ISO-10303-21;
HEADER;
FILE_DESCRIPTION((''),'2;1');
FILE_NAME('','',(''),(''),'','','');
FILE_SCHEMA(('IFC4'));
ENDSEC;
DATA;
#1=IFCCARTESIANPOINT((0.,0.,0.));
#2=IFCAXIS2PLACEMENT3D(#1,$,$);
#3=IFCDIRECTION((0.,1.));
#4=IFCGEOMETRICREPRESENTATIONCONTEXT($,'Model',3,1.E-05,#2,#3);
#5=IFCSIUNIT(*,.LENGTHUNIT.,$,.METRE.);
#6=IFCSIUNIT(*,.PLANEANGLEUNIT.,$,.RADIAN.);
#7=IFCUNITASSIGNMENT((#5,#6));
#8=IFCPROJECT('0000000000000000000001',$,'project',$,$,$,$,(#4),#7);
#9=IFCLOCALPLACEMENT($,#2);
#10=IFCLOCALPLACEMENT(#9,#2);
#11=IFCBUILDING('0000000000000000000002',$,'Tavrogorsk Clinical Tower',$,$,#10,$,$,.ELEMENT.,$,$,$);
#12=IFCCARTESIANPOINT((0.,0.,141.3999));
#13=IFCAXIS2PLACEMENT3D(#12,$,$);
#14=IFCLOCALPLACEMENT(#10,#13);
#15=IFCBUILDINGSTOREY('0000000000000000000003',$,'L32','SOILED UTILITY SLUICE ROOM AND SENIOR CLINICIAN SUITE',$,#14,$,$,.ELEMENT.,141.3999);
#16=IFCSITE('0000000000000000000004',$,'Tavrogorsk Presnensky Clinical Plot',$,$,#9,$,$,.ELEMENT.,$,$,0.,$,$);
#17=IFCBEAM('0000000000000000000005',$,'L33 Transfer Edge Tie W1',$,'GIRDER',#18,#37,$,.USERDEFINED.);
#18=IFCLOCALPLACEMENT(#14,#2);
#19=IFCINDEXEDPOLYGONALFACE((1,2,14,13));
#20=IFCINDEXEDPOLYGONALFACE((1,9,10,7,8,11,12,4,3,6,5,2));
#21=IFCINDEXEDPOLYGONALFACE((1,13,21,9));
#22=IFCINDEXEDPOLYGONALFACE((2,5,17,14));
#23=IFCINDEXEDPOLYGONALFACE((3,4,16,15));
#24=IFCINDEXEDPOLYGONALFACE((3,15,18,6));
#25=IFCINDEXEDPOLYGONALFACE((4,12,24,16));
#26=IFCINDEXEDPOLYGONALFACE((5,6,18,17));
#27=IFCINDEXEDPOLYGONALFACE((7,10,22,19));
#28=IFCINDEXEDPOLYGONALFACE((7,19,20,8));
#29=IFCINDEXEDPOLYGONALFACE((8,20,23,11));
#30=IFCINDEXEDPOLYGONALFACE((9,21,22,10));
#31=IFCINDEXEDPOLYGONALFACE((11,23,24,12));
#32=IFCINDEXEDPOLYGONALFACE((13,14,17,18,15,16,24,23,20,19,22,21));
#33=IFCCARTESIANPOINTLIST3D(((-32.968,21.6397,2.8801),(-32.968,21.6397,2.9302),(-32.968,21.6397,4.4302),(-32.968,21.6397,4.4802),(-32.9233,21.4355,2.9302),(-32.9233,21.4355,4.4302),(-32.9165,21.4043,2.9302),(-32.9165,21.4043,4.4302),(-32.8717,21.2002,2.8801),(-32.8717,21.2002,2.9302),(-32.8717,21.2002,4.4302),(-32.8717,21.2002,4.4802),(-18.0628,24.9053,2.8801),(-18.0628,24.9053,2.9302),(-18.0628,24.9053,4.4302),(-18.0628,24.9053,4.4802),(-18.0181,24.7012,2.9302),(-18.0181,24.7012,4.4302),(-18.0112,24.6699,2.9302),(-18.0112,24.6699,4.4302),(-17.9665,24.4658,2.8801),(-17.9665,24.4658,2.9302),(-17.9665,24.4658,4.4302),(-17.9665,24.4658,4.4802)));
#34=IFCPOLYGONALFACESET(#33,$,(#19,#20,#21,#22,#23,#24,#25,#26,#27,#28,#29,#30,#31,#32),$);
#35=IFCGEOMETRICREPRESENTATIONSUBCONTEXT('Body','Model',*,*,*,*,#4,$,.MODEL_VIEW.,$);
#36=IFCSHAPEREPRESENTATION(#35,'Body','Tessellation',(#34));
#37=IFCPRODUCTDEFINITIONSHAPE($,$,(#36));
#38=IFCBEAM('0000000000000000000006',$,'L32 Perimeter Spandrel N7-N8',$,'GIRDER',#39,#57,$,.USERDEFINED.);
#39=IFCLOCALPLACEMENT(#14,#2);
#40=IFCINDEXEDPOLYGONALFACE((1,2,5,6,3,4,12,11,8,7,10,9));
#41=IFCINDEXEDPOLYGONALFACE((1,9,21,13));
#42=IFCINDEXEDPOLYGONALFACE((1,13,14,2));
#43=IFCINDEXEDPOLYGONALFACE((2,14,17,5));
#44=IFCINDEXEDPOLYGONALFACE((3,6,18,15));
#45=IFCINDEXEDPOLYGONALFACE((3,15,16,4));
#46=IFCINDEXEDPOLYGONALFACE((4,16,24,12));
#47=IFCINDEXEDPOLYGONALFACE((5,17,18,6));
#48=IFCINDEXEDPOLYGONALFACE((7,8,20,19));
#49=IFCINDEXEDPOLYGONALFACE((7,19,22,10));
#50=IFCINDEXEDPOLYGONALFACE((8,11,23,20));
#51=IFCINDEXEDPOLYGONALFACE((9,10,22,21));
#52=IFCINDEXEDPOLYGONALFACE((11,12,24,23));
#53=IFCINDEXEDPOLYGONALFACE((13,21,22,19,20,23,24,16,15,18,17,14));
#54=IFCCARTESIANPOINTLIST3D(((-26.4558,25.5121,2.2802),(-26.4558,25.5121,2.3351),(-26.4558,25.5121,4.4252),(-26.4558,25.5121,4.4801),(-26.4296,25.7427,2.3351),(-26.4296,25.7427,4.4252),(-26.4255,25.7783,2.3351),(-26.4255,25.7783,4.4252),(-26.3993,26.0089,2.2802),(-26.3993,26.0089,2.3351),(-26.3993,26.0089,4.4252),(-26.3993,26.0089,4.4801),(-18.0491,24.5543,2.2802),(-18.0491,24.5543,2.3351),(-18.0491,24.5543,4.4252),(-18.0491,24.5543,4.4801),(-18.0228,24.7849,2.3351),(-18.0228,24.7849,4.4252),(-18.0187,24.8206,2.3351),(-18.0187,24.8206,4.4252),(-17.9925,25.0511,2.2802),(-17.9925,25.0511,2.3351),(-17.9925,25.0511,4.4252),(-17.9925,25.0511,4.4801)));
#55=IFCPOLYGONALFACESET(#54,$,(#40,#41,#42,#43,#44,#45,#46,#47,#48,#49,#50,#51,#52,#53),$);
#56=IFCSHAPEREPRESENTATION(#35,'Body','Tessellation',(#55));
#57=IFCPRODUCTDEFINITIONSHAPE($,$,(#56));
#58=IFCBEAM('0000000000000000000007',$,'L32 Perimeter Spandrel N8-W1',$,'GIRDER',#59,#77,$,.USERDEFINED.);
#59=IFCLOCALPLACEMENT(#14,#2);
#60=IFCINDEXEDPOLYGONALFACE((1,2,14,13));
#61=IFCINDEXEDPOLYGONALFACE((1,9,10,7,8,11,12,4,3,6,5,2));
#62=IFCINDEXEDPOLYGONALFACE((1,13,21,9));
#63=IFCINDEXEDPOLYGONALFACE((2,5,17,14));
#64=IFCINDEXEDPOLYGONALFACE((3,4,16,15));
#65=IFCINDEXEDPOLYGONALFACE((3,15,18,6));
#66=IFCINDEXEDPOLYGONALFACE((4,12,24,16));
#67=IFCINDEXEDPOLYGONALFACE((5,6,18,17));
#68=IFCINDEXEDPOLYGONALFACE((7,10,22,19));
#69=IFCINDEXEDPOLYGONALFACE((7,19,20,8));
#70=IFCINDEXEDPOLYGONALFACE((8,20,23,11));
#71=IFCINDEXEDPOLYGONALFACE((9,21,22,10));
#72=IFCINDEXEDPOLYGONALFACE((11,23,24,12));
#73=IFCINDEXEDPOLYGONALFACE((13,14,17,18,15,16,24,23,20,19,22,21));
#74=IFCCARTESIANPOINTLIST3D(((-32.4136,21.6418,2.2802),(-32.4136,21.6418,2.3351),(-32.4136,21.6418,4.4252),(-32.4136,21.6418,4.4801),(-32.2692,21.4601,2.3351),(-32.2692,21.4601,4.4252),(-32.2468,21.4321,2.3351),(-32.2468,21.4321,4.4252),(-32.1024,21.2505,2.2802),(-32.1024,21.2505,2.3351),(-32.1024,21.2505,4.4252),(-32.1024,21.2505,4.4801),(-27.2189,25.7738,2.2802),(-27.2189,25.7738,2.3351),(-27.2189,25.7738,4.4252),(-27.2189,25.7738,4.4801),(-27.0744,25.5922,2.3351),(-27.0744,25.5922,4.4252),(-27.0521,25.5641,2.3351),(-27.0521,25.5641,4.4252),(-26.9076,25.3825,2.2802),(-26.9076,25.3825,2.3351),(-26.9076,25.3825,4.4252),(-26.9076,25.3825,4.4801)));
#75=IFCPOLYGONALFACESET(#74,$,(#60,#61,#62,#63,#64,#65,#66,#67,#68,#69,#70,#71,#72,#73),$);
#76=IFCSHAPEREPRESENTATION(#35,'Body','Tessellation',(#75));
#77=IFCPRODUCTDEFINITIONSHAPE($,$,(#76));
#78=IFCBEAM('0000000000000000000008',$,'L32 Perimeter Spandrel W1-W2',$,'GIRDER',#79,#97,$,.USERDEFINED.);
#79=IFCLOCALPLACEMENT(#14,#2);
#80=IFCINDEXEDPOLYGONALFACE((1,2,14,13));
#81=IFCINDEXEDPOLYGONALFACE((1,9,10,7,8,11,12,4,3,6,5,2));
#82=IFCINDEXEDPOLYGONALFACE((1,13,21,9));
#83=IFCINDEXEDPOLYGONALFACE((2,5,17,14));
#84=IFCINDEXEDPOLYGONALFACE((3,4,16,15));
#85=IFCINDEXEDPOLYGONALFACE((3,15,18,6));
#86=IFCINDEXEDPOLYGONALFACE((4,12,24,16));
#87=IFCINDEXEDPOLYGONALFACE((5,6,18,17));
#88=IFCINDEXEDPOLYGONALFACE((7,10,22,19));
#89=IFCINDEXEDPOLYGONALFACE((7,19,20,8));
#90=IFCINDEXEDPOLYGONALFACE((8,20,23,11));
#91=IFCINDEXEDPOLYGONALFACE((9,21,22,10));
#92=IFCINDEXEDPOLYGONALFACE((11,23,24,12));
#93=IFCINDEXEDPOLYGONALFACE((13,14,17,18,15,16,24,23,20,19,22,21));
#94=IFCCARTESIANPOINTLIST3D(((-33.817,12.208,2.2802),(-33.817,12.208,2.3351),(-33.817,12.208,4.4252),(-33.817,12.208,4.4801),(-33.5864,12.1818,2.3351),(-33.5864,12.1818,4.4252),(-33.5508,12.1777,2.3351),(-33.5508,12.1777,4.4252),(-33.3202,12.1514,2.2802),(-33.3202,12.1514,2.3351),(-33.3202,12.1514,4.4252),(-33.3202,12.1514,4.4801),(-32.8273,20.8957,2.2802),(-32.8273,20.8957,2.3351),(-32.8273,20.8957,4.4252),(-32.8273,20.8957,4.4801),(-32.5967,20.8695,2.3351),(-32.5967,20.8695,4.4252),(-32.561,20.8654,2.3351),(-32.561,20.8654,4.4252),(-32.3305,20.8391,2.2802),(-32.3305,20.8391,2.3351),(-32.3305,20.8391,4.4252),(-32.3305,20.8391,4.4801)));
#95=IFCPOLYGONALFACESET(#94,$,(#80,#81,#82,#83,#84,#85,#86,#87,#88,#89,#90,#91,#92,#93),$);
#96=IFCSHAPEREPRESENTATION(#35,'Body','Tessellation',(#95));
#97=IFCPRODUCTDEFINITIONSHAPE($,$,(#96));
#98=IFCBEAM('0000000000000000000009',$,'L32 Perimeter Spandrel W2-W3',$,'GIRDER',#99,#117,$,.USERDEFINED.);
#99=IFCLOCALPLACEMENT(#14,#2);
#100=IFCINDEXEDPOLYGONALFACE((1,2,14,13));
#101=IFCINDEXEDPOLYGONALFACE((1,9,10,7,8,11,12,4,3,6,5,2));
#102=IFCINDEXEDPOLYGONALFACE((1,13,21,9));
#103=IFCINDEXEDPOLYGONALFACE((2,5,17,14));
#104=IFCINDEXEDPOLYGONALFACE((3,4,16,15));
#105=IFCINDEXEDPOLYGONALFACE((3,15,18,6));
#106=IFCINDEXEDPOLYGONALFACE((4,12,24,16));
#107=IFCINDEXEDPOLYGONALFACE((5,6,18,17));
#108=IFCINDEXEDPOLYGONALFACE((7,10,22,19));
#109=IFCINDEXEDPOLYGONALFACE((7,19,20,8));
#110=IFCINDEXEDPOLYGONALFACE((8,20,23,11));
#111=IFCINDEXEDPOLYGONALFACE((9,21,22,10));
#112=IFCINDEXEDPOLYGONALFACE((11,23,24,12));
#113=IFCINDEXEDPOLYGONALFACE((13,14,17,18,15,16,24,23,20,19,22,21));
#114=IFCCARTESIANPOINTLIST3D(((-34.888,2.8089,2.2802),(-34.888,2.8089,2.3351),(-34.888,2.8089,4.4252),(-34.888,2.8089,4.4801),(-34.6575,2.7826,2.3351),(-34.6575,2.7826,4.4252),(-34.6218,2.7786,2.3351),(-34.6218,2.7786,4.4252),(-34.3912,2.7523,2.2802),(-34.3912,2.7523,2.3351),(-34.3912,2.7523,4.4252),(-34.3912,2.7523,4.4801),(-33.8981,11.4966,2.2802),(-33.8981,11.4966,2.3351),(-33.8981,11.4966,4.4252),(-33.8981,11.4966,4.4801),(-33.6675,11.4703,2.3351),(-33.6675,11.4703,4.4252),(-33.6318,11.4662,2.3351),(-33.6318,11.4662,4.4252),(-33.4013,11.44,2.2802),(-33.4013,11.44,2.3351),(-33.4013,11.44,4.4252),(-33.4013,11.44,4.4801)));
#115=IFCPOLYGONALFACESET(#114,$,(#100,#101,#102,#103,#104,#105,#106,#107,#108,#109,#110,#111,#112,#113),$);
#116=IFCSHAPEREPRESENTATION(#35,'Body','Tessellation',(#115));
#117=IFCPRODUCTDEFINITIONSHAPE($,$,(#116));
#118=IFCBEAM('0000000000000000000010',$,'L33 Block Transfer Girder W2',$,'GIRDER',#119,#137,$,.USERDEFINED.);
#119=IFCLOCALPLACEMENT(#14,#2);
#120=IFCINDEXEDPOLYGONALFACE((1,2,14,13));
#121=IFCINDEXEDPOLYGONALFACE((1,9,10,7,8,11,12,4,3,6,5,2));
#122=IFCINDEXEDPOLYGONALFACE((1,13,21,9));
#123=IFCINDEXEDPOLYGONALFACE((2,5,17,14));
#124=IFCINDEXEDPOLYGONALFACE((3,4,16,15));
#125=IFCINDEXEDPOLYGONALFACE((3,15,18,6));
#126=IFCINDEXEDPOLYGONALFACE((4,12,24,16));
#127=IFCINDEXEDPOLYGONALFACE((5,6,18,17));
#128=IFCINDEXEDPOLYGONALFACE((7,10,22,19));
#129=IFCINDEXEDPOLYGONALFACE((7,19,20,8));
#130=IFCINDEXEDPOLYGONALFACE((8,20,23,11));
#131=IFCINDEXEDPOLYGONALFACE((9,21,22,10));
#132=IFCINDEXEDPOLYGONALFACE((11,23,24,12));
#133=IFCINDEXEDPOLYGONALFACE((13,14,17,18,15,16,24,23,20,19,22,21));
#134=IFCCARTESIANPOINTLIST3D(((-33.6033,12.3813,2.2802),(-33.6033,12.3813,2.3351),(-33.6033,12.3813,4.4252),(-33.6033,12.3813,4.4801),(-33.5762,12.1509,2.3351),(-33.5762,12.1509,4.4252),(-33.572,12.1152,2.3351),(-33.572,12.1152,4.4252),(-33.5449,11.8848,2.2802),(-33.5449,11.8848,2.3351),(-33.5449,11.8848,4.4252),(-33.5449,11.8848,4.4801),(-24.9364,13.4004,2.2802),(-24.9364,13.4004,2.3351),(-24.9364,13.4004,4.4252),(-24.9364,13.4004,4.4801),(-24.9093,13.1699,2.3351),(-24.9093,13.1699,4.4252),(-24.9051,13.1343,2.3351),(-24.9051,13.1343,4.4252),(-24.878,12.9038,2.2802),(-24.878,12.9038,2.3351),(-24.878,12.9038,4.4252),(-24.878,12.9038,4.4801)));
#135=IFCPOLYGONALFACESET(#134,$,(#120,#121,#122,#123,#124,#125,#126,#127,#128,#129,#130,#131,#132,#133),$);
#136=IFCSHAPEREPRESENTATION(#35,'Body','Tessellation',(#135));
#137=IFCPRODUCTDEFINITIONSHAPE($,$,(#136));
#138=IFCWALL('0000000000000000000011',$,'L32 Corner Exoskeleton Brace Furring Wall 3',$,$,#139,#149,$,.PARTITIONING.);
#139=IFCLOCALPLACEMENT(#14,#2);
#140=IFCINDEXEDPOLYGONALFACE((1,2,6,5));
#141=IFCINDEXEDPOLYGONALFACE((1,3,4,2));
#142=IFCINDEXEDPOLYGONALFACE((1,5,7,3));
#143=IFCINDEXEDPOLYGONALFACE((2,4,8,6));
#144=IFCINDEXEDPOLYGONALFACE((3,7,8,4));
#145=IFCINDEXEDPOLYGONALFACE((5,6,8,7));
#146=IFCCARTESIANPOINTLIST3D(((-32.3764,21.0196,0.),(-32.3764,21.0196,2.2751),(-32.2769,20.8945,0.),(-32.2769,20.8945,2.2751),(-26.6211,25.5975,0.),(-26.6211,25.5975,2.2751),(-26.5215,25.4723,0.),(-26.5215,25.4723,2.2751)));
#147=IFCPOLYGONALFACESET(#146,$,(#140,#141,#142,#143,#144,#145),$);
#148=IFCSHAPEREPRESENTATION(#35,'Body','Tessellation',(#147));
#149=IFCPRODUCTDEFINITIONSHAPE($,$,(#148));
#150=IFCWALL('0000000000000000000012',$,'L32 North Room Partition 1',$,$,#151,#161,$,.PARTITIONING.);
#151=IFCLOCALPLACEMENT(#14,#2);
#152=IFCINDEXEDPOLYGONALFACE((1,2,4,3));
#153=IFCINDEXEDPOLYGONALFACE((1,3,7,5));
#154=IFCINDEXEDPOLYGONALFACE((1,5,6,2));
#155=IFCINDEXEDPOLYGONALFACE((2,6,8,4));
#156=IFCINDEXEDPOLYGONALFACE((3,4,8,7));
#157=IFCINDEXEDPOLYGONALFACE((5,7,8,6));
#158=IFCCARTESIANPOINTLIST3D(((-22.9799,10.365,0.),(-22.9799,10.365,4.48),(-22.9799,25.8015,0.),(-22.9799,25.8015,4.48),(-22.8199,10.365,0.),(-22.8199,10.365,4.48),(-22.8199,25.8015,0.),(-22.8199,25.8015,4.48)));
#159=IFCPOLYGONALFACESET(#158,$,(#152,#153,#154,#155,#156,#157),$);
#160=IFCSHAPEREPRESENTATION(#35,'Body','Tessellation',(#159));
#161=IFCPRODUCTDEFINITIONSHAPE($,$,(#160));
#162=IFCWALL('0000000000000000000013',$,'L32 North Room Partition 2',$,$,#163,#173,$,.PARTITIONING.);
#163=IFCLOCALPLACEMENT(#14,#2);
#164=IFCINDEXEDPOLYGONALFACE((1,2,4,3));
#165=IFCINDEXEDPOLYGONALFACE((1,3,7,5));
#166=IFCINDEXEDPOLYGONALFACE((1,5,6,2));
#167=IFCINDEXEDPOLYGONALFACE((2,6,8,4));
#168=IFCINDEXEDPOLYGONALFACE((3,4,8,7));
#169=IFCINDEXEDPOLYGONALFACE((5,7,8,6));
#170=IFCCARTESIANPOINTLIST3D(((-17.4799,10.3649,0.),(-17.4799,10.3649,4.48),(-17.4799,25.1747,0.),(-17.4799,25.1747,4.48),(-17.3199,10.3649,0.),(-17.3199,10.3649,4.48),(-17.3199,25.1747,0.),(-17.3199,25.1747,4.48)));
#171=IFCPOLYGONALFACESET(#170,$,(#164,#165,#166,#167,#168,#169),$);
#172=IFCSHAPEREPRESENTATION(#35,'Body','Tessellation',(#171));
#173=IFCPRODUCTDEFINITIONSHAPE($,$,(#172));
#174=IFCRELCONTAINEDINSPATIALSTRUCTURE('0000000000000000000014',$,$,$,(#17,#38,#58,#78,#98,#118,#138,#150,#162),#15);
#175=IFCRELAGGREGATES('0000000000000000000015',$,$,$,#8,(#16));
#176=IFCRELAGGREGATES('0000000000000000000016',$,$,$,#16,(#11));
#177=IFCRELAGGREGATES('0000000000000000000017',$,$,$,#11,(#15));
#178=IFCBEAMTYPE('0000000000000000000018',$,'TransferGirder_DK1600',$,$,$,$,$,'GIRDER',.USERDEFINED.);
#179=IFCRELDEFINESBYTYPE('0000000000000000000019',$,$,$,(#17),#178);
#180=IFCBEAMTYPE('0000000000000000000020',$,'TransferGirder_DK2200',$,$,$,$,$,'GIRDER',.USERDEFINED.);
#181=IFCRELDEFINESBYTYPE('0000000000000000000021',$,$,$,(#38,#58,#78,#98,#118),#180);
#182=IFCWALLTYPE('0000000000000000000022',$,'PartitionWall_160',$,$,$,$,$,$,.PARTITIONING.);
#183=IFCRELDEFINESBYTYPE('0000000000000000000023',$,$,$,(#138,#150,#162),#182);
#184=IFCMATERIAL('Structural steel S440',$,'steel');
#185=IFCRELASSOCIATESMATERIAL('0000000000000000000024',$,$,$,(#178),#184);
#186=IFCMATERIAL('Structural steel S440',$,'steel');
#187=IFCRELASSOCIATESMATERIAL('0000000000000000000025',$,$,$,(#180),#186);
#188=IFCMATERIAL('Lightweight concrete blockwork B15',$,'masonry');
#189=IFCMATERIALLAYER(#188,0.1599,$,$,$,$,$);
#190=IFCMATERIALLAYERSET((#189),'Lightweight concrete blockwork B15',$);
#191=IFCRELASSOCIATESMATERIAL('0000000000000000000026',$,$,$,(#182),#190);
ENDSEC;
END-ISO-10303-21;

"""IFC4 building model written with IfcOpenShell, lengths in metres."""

from ifc_helpers import new_model, si_unit, direction, frame, frame_2d, origin, origin_2d, place, context, subcontext, project, spatial, rectangle, i_section, extrude, material, layer, layer_set, material_profile, profile_set, type_object, element, save


model = new_model("IFC4")

# Units and contexts
model_context = context("Model", 3, precision=1e-05, world=origin(), true_north=direction((0.0, 1.0)))
body_context = subcontext(model_context, "Body", "Model", "MODEL_VIEW")
ifc_project = project(units=[si_unit("LENGTHUNIT", "METRE"), si_unit("PLANEANGLEUNIT", "RADIAN")], contexts=[model_context])

# Site, building, storey
site_placement = place(None, origin())
site = spatial("IfcSite", under=ifc_project, at=site_placement, Name="Tavrogorsk Presnensky Clinical Plot", CompositionType="ELEMENT", RefElevation=0.0)
building_placement = place(site_placement, origin())
building = spatial("IfcBuilding", under=site, at=building_placement, Name="Tavrogorsk Clinical Tower", CompositionType="ELEMENT")
storey_placement = place(building_placement, frame((0.0, 0.0, 141.3999)))
storey = spatial("IfcBuildingStorey", under=building, at=storey_placement, Name="L32", Description="SOILED UTILITY SLUICE ROOM AND SENIOR CLINICIAN SUITE", CompositionType="ELEMENT", Elevation=141.3999)

# Beams
ifc_material_1 = material(Name="Structural steel S440", Category="steel")
ifc_material_profile_1 = material_profile(ifc_material_1, i_section(OverallWidth=0.45, OverallDepth=1.6001, WebThickness=0.032, FlangeThickness=0.05, at=origin_2d()), Name="DK-1600x450x32x50")
ifc_profile_set_1 = profile_set([ifc_material_profile_1], Name="Structural steel S440")
beam_type_1 = type_object("IfcBeamType", Name="TransferGirder_DK1600", ElementType="GIRDER", PredefinedType="USERDEFINED", material=ifc_profile_set_1)
beam_1_placement = place(storey_placement, frame((-18.0146, 24.6855, 3.6802), z_axis=(-0.97683, -0.214016, 0.0), x_axis=(0.214016, -0.97683, 0.0)))
element("IfcBeam", 1, at=beam_1_placement, inside=storey, type_object=beam_type_1, Name="L33 Transfer Edge Tie W1", ObjectType="GIRDER", PredefinedType="USERDEFINED", context=body_context, shape_type="SweptSolid", body=[
    extrude(i_section(OverallWidth=0.45, OverallDepth=1.6001, WebThickness=0.032, FlangeThickness=0.05, at=origin_2d()), origin(), (0.0, 0.0, 1.0), 15.2588),
])
ifc_material_2 = material(Name="Structural steel S440", Category="steel")
ifc_material_profile_2 = material_profile(ifc_material_2, i_section(OverallWidth=0.5, OverallDepth=2.2, WebThickness=0.0359, FlangeThickness=0.0549, at=origin_2d()), Name="DK-2200x500x36x55")
ifc_profile_set_2 = profile_set([ifc_material_profile_2], Name="Structural steel S440")
beam_type_2 = type_object("IfcBeamType", Name="TransferGirder_DK2200", ElementType="GIRDER", PredefinedType="USERDEFINED", material=ifc_profile_set_2)
beam_2_placement = place(storey_placement, frame((-18.0208, 24.8027, 3.3801), z_axis=(-0.993573, 0.113196, 0.0), x_axis=(-0.113196, -0.993573, 0.0)))
element("IfcBeam", 2, at=beam_2_placement, inside=storey, type_object=beam_type_2, Name="L32 Perimeter Spandrel N7-N8", ObjectType="GIRDER", PredefinedType="USERDEFINED", context=body_context, shape_type="SweptSolid", body=[
    extrude(i_section(OverallWidth=0.5, OverallDepth=2.2, WebThickness=0.0359, FlangeThickness=0.0549, at=origin_2d()), origin(), (0.0, 0.0, 1.0), 8.4612),
])
beam_3_placement = place(storey_placement, frame((-27.0632, 25.5781, 3.3801), z_axis=(-0.782613, -0.622508, 0.0), x_axis=(0.622508, -0.782613, 0.0)))
element("IfcBeam", 3, at=beam_3_placement, inside=storey, type_object=beam_type_2, Name="L32 Perimeter Spandrel N8-W1", ObjectType="GIRDER", PredefinedType="USERDEFINED", context=body_context, shape_type="SweptSolid", body=[
    extrude(i_section(OverallWidth=0.5, OverallDepth=2.2, WebThickness=0.0359, FlangeThickness=0.0549, at=origin_2d()), origin(), (0.0, 0.0, 1.0), 6.6377),
])
for number, where, z_axis, x_axis, name in (
    (4, (-32.5789, 20.8674, 3.3801), (-0.113192, -0.993573, 0.0), (0.993573, -0.113192, 0.0), "L32 Perimeter Spandrel W1-W2"),
    (5, (-33.6497, 11.4683, 3.3801), (-0.11322, -0.99357, 0.0), (0.99357, -0.11322, 0.0), "L32 Perimeter Spandrel W2-W3"),
):
    element("IfcBeam", number, at=place(storey_placement, frame(where, z_axis=z_axis, x_axis=x_axis)), inside=storey, type_object=beam_type_2, Name=name, ObjectType="GIRDER", PredefinedType="USERDEFINED", context=body_context, shape_type="SweptSolid", body=[
        extrude(i_section(OverallWidth=0.5, OverallDepth=2.2, WebThickness=0.0359, FlangeThickness=0.0549, at=origin_2d()), origin(), (0.0, 0.0, 1.0), 8.7439),
    ])
beam_4_placement = place(storey_placement, frame((-24.9072, 13.1521, 3.3801), z_axis=(-0.993158, -0.116776, 0.0), x_axis=(0.116776, -0.993158, 0.0)))
element("IfcBeam", 6, at=beam_4_placement, inside=storey, type_object=beam_type_2, Name="L33 Block Transfer Girder W2", ObjectType="GIRDER", PredefinedType="USERDEFINED", context=body_context, shape_type="SweptSolid", body=[
    extrude(i_section(OverallWidth=0.5, OverallDepth=2.2, WebThickness=0.0359, FlangeThickness=0.0549, at=origin_2d()), origin(), (0.0, 0.0, 1.0), 8.7266),
])

# Walls
ifc_material_3 = material(Name="Lightweight concrete blockwork B15", Category="masonry")
ifc_layer_1 = layer(ifc_material_3, 0.1599)
ifc_layer_set_1 = layer_set([ifc_layer_1], Name="Lightweight concrete blockwork B15")
wall_type_1 = type_object("IfcWallType", Name="PartitionWall_160", PredefinedType="PARTITIONING", material=ifc_layer_set_1)
wall_1_placement = place(storey_placement, frame((-26.5713, 25.5349, 0.0), z_axis=(0.0, 0.0, 1.0), x_axis=(-0.782618, -0.622502, 0.0)))
element("IfcWall", 7, at=wall_1_placement, inside=storey, type_object=wall_type_1, Name="L32 Corner Exoskeleton Brace Furring Wall 3", PredefinedType="PARTITIONING", context=body_context, shape_type="SweptSolid", body=[
    extrude(rectangle(XDim=7.354, YDim=0.1599, at=frame_2d((3.677, 0.0))), origin(), (0.0, 0.0, 1.0), 2.2751),
])
wall_2_placement = place(storey_placement, frame((-22.8999, 10.365, 0.0), z_axis=(0.0, 0.0, 1.0), x_axis=(0.0, 1.0, 0.0)))
element("IfcWall", 8, at=wall_2_placement, inside=storey, type_object=wall_type_1, Name="L32 North Room Partition 1", PredefinedType="PARTITIONING", context=body_context, shape_type="SweptSolid", body=[
    extrude(rectangle(XDim=15.4365, YDim=0.1599, at=frame_2d((7.7183, 0.0))), origin(), (0.0, 0.0, 1.0), 4.48),
])
wall_3_placement = place(storey_placement, frame((-17.3999, 10.365, 0.0), z_axis=(0.0, 0.0, 1.0), x_axis=(0.0, 1.0, 0.0)))
element("IfcWall", 9, at=wall_3_placement, inside=storey, type_object=wall_type_1, Name="L32 North Room Partition 2", PredefinedType="PARTITIONING", context=body_context, shape_type="SweptSolid", body=[
    extrude(rectangle(XDim=14.8098, YDim=0.1599, at=frame_2d((7.4048, 0.0))), origin(), (0.0, 0.0, 1.0), 4.48),
])

save(model, "model.ifc")
